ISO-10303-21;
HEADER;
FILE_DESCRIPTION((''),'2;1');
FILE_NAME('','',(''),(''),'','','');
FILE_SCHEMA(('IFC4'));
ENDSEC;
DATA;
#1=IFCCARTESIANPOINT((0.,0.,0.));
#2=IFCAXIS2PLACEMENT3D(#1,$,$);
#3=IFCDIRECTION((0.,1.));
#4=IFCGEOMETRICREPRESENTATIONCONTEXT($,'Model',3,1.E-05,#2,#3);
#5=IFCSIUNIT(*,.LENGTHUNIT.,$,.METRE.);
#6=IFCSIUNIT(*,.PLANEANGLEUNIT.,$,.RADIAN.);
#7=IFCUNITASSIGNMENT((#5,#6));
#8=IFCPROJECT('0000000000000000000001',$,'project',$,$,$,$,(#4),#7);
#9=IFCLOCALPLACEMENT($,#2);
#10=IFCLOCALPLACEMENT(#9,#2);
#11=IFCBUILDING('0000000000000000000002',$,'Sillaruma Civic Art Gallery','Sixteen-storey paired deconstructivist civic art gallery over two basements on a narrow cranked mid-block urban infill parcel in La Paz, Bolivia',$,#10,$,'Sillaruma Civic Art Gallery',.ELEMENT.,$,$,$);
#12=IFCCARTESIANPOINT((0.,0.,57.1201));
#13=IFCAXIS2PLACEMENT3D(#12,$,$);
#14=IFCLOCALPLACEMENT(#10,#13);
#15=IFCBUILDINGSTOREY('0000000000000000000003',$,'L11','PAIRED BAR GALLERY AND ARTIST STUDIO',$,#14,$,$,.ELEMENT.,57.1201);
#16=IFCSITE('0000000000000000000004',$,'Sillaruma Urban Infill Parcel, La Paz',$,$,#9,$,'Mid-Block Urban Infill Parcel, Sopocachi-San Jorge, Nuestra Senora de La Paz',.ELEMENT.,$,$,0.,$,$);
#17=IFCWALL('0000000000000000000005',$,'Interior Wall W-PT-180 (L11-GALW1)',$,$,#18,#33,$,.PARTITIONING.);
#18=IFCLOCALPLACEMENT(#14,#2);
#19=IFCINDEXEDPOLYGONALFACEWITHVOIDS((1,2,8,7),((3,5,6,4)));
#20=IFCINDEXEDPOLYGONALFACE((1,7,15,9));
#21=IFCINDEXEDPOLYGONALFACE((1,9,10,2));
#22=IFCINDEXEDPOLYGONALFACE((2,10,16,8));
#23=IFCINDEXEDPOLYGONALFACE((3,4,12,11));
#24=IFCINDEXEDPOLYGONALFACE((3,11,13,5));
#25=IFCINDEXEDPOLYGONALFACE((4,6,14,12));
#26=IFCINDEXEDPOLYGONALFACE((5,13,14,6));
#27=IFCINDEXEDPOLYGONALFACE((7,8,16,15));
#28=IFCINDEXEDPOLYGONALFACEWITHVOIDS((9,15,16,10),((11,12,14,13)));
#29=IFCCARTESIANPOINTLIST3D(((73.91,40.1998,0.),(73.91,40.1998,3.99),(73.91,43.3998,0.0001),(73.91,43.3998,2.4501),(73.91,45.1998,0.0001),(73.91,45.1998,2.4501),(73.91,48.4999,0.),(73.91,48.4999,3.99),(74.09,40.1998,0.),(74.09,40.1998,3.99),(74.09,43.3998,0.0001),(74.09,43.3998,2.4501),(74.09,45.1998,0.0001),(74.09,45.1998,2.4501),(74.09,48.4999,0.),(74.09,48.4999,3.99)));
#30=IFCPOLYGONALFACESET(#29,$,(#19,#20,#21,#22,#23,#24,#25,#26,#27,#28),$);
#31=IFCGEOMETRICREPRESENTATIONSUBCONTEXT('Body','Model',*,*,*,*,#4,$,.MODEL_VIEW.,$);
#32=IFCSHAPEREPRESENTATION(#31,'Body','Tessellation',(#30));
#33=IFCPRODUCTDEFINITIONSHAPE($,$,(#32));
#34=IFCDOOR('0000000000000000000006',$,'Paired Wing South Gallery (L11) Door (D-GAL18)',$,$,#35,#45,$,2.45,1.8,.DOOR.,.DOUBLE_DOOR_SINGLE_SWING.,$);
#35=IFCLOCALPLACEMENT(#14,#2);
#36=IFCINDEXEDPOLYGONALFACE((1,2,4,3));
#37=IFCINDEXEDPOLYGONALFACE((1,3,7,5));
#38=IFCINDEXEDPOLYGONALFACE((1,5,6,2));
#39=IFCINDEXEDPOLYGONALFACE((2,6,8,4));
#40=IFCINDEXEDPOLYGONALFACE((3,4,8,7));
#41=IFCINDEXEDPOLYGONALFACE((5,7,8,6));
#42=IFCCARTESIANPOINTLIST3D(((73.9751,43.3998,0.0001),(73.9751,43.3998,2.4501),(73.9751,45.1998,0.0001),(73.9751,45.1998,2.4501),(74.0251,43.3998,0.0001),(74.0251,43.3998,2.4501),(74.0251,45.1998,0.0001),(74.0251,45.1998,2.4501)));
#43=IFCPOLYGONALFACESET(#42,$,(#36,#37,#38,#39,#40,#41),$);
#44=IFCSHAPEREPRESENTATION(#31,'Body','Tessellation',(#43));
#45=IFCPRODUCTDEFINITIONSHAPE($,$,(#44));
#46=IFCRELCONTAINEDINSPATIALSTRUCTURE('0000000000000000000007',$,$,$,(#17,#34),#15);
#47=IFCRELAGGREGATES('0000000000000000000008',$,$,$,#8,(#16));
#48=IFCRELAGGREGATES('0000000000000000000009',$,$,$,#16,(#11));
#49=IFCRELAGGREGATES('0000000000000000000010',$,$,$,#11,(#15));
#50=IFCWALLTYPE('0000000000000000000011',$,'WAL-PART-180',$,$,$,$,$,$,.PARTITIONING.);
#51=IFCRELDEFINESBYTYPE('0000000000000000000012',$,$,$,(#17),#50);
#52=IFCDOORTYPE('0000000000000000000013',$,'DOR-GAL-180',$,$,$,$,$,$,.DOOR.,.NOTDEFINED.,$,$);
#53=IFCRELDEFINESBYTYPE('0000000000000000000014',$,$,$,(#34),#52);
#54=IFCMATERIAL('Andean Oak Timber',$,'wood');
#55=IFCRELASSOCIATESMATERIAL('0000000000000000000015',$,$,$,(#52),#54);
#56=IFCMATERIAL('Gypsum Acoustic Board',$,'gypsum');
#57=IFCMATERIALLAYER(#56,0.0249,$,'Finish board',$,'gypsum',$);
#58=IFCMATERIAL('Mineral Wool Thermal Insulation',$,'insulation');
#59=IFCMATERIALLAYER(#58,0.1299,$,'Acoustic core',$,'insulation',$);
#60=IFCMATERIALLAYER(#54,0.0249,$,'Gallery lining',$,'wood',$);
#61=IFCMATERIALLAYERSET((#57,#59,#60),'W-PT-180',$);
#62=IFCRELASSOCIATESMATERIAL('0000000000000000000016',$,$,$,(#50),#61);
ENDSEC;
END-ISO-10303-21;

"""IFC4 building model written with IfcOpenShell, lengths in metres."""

from ifc_helpers import new_model, si_unit, direction, frame, frame_2d, origin, place, context, subcontext, project, spatial, rectangle, extrude, material, layer, layer_set, type_object, element, fill, save


model = new_model("IFC4")

# Units and contexts
model_context = context("Model", 3, precision=1e-05, world=origin(), true_north=direction((0.0, 1.0)))
body_context = subcontext(model_context, "Body", "Model", "MODEL_VIEW")
ifc_project = project(units=[si_unit("LENGTHUNIT", "METRE"), si_unit("PLANEANGLEUNIT", "RADIAN")], contexts=[model_context])

# Site, building, storey
site_placement = place(None, origin())
site = spatial("IfcSite", under=ifc_project, at=site_placement, Name="Sillaruma Urban Infill Parcel, La Paz", LongName="Mid-Block Urban Infill Parcel, Sopocachi-San Jorge, Nuestra Senora de La Paz", CompositionType="ELEMENT", RefElevation=0.0)
building_placement = place(site_placement, origin())
building = spatial("IfcBuilding", under=site, at=building_placement, Name="Sillaruma Civic Art Gallery", Description="Sixteen-storey paired deconstructivist civic art gallery over two basements on a narrow cranked mid-block urban infill parcel in La Paz, Bolivia", LongName="Sillaruma Civic Art Gallery", CompositionType="ELEMENT")
storey_placement = place(building_placement, frame((0.0, 0.0, 57.1201)))
storey = spatial("IfcBuildingStorey", under=building, at=storey_placement, Name="L11", Description="PAIRED BAR GALLERY AND ARTIST STUDIO", CompositionType="ELEMENT", Elevation=57.1201)

# Shared definitions
ifc_material_1 = material(Name="Gypsum Acoustic Board", Category="gypsum")
ifc_material_2 = material(Name="Mineral Wool Thermal Insulation", Category="insulation")
ifc_material_3 = material(Name="Andean Oak Timber", Category="wood")

# Wall, opening, door
door_type_1 = type_object("IfcDoorType", Name="DOR-GAL-180", OperationType="NOTDEFINED", PredefinedType="DOOR", material=ifc_material_3)
ifc_layer_1 = layer(ifc_material_1, 0.0249, Name="Finish board", Category="gypsum")
ifc_layer_2 = layer(ifc_material_2, 0.1299, Name="Acoustic core", Category="insulation")
ifc_layer_3 = layer(ifc_material_3, 0.0249, Name="Gallery lining", Category="wood")
ifc_layer_set_1 = layer_set([ifc_layer_1, ifc_layer_2, ifc_layer_3], Name="W-PT-180")
wall_type_1 = type_object("IfcWallType", Name="WAL-PART-180", PredefinedType="PARTITIONING", material=ifc_layer_set_1)
wall_1_placement = place(storey_placement, frame((74.0, 40.2, 0.0), z_axis=(0.0, 0.0, 1.0), x_axis=(0.0, 1.0, 0.0)))
wall_1 = element("IfcWall", 1, at=wall_1_placement, inside=storey, type_object=wall_type_1, Name="Interior Wall W-PT-180 (L11-GALW1)", PredefinedType="PARTITIONING", context=body_context, shape_type="SweptSolid", body=[
    extrude(rectangle(XDim=8.3, YDim=0.1799, at=frame_2d((4.1499, 0.0))), origin(), (0.0, 0.0, 1.0), 3.99),
])
opening_1_placement = place(wall_1_placement, frame((3.2, 0.0, 0.0)))
opening_1 = element("IfcOpeningElement", 2, at=opening_1_placement, cuts=wall_1, PredefinedType="OPENING", context=body_context, shape_type="SweptSolid", body=[
    extrude(rectangle(XDim=1.8, YDim=2.45, at=frame_2d((0.8999, 1.2251))), frame((0.0, 0.0999, 0.0), z_axis=(0.0, -1.0, 0.0), x_axis=(1.0, 0.0, 0.0)), (0.0, 0.0, 1.0), 0.2),
])
door_1_placement = place(opening_1_placement, origin())
door_1 = element("IfcDoor", 3, at=door_1_placement, inside=storey, type_object=door_type_1, Name="Paired Wing South Gallery (L11) Door (D-GAL18)", OperationType="DOUBLE_DOOR_SINGLE_SWING", OverallHeight=2.45, OverallWidth=1.8, PredefinedType="DOOR", context=body_context, shape_type="SweptSolid", body=[
    extrude(rectangle(XDim=1.8, YDim=2.45, at=frame_2d((0.8999, 1.2251))), frame((0.0, 0.0249, 0.0), z_axis=(0.0, -1.0, 0.0), x_axis=(1.0, 0.0, 0.0)), (0.0, 0.0, 1.0), 0.05),
])
fill(opening_1, door_1)

save(model, "model.ifc")
